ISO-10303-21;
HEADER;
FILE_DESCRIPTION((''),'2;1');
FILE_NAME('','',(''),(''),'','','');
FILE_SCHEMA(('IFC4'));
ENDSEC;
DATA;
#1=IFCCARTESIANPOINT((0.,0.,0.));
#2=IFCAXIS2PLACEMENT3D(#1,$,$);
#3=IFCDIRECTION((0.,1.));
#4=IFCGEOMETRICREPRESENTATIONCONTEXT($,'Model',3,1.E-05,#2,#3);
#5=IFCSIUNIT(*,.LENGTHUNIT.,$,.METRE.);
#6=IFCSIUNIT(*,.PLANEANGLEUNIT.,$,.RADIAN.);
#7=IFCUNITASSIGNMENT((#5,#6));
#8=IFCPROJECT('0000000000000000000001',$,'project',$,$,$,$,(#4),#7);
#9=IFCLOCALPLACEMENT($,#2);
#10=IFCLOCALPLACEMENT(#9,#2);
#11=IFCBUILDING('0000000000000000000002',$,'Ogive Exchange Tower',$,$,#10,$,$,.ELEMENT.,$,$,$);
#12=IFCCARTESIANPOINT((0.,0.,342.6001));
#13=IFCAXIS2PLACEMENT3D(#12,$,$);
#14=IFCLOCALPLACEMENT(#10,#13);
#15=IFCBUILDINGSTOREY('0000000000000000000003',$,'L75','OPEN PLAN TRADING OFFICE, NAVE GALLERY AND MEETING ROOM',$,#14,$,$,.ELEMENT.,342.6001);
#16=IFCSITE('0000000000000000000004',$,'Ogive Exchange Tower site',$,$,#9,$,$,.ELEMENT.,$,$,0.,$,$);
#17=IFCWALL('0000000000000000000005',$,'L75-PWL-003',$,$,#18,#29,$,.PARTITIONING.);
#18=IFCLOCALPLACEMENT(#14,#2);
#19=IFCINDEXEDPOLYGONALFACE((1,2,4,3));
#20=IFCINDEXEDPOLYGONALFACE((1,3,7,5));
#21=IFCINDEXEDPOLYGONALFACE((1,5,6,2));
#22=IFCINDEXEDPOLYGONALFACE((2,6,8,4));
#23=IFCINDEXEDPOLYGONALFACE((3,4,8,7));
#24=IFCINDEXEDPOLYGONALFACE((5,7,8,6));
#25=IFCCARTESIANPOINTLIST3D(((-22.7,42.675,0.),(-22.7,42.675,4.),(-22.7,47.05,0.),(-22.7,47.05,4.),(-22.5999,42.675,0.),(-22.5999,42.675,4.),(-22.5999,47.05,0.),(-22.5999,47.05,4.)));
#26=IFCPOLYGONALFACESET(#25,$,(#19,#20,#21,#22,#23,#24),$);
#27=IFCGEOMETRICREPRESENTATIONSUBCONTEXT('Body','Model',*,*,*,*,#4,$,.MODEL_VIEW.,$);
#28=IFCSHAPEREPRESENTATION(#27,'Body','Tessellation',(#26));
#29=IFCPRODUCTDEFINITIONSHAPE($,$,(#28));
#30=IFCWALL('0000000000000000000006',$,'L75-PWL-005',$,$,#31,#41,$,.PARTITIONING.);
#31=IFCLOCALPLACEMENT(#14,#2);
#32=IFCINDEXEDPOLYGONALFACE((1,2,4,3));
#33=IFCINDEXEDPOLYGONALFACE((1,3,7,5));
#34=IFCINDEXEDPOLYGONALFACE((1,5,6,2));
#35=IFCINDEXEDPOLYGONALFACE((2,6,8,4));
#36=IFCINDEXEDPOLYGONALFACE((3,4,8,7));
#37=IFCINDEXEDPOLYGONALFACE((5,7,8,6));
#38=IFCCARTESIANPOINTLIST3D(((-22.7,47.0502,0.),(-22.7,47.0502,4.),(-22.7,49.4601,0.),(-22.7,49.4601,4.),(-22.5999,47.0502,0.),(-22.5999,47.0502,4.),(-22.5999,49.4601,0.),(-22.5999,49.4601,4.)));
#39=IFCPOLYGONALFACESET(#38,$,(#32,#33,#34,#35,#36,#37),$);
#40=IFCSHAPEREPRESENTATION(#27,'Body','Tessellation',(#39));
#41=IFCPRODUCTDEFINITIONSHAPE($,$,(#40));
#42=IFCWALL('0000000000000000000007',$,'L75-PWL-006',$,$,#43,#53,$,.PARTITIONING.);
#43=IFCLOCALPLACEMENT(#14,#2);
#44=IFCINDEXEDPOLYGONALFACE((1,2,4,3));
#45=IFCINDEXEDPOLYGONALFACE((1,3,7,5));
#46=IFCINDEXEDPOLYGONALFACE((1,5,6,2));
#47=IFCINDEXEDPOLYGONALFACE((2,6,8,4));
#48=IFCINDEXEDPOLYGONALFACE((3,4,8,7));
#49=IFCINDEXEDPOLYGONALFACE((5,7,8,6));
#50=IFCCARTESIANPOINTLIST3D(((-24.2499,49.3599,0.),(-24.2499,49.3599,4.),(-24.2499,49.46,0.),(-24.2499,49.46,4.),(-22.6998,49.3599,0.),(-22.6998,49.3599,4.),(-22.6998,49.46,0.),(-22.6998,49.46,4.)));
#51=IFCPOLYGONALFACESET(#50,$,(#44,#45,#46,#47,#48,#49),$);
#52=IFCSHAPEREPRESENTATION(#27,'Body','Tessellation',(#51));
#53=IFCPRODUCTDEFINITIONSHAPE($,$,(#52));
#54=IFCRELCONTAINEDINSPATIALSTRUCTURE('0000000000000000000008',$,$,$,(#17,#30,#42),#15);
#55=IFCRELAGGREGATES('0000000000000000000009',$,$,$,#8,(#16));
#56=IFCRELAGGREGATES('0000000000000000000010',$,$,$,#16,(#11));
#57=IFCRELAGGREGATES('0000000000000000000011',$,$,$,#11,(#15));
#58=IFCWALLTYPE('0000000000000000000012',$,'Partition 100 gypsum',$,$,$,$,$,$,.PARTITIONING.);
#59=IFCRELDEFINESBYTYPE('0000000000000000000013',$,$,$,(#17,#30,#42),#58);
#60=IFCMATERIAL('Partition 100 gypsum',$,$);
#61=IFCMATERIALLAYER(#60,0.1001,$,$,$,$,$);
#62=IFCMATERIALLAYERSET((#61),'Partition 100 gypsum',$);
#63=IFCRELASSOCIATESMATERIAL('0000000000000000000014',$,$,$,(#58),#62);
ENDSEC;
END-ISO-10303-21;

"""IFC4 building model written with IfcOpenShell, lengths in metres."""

from ifc_helpers import new_model, si_unit, direction, frame, frame_2d, origin, place, context, subcontext, project, spatial, rectangle, extrude, material, layer, layer_set, type_object, element, save


model = new_model("IFC4")

# Units and contexts
model_context = context("Model", 3, precision=1e-05, world=origin(), true_north=direction((0.0, 1.0)))
body_context = subcontext(model_context, "Body", "Model", "MODEL_VIEW")
ifc_project = project(units=[si_unit("LENGTHUNIT", "METRE"), si_unit("PLANEANGLEUNIT", "RADIAN")], contexts=[model_context])

# Site, building, storey
site_placement = place(None, origin())
site = spatial("IfcSite", under=ifc_project, at=site_placement, Name="Ogive Exchange Tower site", CompositionType="ELEMENT", RefElevation=0.0)
building_placement = place(site_placement, origin())
building = spatial("IfcBuilding", under=site, at=building_placement, Name="Ogive Exchange Tower", CompositionType="ELEMENT")
storey_placement = place(building_placement, frame((0.0, 0.0, 342.6001)))
storey = spatial("IfcBuildingStorey", under=building, at=storey_placement, Name="L75", Description="OPEN PLAN TRADING OFFICE, NAVE GALLERY AND MEETING ROOM", CompositionType="ELEMENT", Elevation=342.6001)

# Walls
ifc_material_1 = material(Name="Partition 100 gypsum")
ifc_layer_1 = layer(ifc_material_1, 0.1001)
ifc_layer_set_1 = layer_set([ifc_layer_1], Name="Partition 100 gypsum")
wall_type_1 = type_object("IfcWallType", Name="Partition 100 gypsum", PredefinedType="PARTITIONING", material=ifc_layer_set_1)
wall_1_placement = place(storey_placement, frame((-22.6499, 42.675, 0.0), z_axis=(0.0, 0.0, 1.0), x_axis=(0.0, 1.0, 0.0)))
element("IfcWall", 1, at=wall_1_placement, inside=storey, type_object=wall_type_1, Name="L75-PWL-003", PredefinedType="PARTITIONING", context=body_context, shape_type="SweptSolid", body=[
    extrude(rectangle(XDim=4.375, YDim=0.1001, at=frame_2d((2.1875, 0.0))), origin(), (0.0, 0.0, 1.0), 4.0),
])
wall_2_placement = place(storey_placement, frame((-22.6499, 47.05, 0.0), z_axis=(0.0, 0.0, 1.0), x_axis=(0.0, 1.0, 0.0)))
element("IfcWall", 2, at=wall_2_placement, inside=storey, type_object=wall_type_1, Name="L75-PWL-005", PredefinedType="PARTITIONING", context=body_context, shape_type="SweptSolid", body=[
    extrude(rectangle(XDim=2.4099, YDim=0.1001, at=frame_2d((1.2051, 0.0))), origin(), (0.0, 0.0, 1.0), 4.0),
])
wall_3_placement = place(storey_placement, frame((-22.7, 49.4099, 0.0), z_axis=(0.0, 0.0, 1.0), x_axis=(-1.0, 0.0, 0.0)))
element("IfcWall", 3, at=wall_3_placement, inside=storey, type_object=wall_type_1, Name="L75-PWL-006", PredefinedType="PARTITIONING", context=body_context, shape_type="SweptSolid", body=[
    extrude(rectangle(XDim=1.55, YDim=0.1001, at=frame_2d((0.7749, 0.0))), origin(), (0.0, 0.0, 1.0), 4.0),
])

save(model, "model.ifc")
